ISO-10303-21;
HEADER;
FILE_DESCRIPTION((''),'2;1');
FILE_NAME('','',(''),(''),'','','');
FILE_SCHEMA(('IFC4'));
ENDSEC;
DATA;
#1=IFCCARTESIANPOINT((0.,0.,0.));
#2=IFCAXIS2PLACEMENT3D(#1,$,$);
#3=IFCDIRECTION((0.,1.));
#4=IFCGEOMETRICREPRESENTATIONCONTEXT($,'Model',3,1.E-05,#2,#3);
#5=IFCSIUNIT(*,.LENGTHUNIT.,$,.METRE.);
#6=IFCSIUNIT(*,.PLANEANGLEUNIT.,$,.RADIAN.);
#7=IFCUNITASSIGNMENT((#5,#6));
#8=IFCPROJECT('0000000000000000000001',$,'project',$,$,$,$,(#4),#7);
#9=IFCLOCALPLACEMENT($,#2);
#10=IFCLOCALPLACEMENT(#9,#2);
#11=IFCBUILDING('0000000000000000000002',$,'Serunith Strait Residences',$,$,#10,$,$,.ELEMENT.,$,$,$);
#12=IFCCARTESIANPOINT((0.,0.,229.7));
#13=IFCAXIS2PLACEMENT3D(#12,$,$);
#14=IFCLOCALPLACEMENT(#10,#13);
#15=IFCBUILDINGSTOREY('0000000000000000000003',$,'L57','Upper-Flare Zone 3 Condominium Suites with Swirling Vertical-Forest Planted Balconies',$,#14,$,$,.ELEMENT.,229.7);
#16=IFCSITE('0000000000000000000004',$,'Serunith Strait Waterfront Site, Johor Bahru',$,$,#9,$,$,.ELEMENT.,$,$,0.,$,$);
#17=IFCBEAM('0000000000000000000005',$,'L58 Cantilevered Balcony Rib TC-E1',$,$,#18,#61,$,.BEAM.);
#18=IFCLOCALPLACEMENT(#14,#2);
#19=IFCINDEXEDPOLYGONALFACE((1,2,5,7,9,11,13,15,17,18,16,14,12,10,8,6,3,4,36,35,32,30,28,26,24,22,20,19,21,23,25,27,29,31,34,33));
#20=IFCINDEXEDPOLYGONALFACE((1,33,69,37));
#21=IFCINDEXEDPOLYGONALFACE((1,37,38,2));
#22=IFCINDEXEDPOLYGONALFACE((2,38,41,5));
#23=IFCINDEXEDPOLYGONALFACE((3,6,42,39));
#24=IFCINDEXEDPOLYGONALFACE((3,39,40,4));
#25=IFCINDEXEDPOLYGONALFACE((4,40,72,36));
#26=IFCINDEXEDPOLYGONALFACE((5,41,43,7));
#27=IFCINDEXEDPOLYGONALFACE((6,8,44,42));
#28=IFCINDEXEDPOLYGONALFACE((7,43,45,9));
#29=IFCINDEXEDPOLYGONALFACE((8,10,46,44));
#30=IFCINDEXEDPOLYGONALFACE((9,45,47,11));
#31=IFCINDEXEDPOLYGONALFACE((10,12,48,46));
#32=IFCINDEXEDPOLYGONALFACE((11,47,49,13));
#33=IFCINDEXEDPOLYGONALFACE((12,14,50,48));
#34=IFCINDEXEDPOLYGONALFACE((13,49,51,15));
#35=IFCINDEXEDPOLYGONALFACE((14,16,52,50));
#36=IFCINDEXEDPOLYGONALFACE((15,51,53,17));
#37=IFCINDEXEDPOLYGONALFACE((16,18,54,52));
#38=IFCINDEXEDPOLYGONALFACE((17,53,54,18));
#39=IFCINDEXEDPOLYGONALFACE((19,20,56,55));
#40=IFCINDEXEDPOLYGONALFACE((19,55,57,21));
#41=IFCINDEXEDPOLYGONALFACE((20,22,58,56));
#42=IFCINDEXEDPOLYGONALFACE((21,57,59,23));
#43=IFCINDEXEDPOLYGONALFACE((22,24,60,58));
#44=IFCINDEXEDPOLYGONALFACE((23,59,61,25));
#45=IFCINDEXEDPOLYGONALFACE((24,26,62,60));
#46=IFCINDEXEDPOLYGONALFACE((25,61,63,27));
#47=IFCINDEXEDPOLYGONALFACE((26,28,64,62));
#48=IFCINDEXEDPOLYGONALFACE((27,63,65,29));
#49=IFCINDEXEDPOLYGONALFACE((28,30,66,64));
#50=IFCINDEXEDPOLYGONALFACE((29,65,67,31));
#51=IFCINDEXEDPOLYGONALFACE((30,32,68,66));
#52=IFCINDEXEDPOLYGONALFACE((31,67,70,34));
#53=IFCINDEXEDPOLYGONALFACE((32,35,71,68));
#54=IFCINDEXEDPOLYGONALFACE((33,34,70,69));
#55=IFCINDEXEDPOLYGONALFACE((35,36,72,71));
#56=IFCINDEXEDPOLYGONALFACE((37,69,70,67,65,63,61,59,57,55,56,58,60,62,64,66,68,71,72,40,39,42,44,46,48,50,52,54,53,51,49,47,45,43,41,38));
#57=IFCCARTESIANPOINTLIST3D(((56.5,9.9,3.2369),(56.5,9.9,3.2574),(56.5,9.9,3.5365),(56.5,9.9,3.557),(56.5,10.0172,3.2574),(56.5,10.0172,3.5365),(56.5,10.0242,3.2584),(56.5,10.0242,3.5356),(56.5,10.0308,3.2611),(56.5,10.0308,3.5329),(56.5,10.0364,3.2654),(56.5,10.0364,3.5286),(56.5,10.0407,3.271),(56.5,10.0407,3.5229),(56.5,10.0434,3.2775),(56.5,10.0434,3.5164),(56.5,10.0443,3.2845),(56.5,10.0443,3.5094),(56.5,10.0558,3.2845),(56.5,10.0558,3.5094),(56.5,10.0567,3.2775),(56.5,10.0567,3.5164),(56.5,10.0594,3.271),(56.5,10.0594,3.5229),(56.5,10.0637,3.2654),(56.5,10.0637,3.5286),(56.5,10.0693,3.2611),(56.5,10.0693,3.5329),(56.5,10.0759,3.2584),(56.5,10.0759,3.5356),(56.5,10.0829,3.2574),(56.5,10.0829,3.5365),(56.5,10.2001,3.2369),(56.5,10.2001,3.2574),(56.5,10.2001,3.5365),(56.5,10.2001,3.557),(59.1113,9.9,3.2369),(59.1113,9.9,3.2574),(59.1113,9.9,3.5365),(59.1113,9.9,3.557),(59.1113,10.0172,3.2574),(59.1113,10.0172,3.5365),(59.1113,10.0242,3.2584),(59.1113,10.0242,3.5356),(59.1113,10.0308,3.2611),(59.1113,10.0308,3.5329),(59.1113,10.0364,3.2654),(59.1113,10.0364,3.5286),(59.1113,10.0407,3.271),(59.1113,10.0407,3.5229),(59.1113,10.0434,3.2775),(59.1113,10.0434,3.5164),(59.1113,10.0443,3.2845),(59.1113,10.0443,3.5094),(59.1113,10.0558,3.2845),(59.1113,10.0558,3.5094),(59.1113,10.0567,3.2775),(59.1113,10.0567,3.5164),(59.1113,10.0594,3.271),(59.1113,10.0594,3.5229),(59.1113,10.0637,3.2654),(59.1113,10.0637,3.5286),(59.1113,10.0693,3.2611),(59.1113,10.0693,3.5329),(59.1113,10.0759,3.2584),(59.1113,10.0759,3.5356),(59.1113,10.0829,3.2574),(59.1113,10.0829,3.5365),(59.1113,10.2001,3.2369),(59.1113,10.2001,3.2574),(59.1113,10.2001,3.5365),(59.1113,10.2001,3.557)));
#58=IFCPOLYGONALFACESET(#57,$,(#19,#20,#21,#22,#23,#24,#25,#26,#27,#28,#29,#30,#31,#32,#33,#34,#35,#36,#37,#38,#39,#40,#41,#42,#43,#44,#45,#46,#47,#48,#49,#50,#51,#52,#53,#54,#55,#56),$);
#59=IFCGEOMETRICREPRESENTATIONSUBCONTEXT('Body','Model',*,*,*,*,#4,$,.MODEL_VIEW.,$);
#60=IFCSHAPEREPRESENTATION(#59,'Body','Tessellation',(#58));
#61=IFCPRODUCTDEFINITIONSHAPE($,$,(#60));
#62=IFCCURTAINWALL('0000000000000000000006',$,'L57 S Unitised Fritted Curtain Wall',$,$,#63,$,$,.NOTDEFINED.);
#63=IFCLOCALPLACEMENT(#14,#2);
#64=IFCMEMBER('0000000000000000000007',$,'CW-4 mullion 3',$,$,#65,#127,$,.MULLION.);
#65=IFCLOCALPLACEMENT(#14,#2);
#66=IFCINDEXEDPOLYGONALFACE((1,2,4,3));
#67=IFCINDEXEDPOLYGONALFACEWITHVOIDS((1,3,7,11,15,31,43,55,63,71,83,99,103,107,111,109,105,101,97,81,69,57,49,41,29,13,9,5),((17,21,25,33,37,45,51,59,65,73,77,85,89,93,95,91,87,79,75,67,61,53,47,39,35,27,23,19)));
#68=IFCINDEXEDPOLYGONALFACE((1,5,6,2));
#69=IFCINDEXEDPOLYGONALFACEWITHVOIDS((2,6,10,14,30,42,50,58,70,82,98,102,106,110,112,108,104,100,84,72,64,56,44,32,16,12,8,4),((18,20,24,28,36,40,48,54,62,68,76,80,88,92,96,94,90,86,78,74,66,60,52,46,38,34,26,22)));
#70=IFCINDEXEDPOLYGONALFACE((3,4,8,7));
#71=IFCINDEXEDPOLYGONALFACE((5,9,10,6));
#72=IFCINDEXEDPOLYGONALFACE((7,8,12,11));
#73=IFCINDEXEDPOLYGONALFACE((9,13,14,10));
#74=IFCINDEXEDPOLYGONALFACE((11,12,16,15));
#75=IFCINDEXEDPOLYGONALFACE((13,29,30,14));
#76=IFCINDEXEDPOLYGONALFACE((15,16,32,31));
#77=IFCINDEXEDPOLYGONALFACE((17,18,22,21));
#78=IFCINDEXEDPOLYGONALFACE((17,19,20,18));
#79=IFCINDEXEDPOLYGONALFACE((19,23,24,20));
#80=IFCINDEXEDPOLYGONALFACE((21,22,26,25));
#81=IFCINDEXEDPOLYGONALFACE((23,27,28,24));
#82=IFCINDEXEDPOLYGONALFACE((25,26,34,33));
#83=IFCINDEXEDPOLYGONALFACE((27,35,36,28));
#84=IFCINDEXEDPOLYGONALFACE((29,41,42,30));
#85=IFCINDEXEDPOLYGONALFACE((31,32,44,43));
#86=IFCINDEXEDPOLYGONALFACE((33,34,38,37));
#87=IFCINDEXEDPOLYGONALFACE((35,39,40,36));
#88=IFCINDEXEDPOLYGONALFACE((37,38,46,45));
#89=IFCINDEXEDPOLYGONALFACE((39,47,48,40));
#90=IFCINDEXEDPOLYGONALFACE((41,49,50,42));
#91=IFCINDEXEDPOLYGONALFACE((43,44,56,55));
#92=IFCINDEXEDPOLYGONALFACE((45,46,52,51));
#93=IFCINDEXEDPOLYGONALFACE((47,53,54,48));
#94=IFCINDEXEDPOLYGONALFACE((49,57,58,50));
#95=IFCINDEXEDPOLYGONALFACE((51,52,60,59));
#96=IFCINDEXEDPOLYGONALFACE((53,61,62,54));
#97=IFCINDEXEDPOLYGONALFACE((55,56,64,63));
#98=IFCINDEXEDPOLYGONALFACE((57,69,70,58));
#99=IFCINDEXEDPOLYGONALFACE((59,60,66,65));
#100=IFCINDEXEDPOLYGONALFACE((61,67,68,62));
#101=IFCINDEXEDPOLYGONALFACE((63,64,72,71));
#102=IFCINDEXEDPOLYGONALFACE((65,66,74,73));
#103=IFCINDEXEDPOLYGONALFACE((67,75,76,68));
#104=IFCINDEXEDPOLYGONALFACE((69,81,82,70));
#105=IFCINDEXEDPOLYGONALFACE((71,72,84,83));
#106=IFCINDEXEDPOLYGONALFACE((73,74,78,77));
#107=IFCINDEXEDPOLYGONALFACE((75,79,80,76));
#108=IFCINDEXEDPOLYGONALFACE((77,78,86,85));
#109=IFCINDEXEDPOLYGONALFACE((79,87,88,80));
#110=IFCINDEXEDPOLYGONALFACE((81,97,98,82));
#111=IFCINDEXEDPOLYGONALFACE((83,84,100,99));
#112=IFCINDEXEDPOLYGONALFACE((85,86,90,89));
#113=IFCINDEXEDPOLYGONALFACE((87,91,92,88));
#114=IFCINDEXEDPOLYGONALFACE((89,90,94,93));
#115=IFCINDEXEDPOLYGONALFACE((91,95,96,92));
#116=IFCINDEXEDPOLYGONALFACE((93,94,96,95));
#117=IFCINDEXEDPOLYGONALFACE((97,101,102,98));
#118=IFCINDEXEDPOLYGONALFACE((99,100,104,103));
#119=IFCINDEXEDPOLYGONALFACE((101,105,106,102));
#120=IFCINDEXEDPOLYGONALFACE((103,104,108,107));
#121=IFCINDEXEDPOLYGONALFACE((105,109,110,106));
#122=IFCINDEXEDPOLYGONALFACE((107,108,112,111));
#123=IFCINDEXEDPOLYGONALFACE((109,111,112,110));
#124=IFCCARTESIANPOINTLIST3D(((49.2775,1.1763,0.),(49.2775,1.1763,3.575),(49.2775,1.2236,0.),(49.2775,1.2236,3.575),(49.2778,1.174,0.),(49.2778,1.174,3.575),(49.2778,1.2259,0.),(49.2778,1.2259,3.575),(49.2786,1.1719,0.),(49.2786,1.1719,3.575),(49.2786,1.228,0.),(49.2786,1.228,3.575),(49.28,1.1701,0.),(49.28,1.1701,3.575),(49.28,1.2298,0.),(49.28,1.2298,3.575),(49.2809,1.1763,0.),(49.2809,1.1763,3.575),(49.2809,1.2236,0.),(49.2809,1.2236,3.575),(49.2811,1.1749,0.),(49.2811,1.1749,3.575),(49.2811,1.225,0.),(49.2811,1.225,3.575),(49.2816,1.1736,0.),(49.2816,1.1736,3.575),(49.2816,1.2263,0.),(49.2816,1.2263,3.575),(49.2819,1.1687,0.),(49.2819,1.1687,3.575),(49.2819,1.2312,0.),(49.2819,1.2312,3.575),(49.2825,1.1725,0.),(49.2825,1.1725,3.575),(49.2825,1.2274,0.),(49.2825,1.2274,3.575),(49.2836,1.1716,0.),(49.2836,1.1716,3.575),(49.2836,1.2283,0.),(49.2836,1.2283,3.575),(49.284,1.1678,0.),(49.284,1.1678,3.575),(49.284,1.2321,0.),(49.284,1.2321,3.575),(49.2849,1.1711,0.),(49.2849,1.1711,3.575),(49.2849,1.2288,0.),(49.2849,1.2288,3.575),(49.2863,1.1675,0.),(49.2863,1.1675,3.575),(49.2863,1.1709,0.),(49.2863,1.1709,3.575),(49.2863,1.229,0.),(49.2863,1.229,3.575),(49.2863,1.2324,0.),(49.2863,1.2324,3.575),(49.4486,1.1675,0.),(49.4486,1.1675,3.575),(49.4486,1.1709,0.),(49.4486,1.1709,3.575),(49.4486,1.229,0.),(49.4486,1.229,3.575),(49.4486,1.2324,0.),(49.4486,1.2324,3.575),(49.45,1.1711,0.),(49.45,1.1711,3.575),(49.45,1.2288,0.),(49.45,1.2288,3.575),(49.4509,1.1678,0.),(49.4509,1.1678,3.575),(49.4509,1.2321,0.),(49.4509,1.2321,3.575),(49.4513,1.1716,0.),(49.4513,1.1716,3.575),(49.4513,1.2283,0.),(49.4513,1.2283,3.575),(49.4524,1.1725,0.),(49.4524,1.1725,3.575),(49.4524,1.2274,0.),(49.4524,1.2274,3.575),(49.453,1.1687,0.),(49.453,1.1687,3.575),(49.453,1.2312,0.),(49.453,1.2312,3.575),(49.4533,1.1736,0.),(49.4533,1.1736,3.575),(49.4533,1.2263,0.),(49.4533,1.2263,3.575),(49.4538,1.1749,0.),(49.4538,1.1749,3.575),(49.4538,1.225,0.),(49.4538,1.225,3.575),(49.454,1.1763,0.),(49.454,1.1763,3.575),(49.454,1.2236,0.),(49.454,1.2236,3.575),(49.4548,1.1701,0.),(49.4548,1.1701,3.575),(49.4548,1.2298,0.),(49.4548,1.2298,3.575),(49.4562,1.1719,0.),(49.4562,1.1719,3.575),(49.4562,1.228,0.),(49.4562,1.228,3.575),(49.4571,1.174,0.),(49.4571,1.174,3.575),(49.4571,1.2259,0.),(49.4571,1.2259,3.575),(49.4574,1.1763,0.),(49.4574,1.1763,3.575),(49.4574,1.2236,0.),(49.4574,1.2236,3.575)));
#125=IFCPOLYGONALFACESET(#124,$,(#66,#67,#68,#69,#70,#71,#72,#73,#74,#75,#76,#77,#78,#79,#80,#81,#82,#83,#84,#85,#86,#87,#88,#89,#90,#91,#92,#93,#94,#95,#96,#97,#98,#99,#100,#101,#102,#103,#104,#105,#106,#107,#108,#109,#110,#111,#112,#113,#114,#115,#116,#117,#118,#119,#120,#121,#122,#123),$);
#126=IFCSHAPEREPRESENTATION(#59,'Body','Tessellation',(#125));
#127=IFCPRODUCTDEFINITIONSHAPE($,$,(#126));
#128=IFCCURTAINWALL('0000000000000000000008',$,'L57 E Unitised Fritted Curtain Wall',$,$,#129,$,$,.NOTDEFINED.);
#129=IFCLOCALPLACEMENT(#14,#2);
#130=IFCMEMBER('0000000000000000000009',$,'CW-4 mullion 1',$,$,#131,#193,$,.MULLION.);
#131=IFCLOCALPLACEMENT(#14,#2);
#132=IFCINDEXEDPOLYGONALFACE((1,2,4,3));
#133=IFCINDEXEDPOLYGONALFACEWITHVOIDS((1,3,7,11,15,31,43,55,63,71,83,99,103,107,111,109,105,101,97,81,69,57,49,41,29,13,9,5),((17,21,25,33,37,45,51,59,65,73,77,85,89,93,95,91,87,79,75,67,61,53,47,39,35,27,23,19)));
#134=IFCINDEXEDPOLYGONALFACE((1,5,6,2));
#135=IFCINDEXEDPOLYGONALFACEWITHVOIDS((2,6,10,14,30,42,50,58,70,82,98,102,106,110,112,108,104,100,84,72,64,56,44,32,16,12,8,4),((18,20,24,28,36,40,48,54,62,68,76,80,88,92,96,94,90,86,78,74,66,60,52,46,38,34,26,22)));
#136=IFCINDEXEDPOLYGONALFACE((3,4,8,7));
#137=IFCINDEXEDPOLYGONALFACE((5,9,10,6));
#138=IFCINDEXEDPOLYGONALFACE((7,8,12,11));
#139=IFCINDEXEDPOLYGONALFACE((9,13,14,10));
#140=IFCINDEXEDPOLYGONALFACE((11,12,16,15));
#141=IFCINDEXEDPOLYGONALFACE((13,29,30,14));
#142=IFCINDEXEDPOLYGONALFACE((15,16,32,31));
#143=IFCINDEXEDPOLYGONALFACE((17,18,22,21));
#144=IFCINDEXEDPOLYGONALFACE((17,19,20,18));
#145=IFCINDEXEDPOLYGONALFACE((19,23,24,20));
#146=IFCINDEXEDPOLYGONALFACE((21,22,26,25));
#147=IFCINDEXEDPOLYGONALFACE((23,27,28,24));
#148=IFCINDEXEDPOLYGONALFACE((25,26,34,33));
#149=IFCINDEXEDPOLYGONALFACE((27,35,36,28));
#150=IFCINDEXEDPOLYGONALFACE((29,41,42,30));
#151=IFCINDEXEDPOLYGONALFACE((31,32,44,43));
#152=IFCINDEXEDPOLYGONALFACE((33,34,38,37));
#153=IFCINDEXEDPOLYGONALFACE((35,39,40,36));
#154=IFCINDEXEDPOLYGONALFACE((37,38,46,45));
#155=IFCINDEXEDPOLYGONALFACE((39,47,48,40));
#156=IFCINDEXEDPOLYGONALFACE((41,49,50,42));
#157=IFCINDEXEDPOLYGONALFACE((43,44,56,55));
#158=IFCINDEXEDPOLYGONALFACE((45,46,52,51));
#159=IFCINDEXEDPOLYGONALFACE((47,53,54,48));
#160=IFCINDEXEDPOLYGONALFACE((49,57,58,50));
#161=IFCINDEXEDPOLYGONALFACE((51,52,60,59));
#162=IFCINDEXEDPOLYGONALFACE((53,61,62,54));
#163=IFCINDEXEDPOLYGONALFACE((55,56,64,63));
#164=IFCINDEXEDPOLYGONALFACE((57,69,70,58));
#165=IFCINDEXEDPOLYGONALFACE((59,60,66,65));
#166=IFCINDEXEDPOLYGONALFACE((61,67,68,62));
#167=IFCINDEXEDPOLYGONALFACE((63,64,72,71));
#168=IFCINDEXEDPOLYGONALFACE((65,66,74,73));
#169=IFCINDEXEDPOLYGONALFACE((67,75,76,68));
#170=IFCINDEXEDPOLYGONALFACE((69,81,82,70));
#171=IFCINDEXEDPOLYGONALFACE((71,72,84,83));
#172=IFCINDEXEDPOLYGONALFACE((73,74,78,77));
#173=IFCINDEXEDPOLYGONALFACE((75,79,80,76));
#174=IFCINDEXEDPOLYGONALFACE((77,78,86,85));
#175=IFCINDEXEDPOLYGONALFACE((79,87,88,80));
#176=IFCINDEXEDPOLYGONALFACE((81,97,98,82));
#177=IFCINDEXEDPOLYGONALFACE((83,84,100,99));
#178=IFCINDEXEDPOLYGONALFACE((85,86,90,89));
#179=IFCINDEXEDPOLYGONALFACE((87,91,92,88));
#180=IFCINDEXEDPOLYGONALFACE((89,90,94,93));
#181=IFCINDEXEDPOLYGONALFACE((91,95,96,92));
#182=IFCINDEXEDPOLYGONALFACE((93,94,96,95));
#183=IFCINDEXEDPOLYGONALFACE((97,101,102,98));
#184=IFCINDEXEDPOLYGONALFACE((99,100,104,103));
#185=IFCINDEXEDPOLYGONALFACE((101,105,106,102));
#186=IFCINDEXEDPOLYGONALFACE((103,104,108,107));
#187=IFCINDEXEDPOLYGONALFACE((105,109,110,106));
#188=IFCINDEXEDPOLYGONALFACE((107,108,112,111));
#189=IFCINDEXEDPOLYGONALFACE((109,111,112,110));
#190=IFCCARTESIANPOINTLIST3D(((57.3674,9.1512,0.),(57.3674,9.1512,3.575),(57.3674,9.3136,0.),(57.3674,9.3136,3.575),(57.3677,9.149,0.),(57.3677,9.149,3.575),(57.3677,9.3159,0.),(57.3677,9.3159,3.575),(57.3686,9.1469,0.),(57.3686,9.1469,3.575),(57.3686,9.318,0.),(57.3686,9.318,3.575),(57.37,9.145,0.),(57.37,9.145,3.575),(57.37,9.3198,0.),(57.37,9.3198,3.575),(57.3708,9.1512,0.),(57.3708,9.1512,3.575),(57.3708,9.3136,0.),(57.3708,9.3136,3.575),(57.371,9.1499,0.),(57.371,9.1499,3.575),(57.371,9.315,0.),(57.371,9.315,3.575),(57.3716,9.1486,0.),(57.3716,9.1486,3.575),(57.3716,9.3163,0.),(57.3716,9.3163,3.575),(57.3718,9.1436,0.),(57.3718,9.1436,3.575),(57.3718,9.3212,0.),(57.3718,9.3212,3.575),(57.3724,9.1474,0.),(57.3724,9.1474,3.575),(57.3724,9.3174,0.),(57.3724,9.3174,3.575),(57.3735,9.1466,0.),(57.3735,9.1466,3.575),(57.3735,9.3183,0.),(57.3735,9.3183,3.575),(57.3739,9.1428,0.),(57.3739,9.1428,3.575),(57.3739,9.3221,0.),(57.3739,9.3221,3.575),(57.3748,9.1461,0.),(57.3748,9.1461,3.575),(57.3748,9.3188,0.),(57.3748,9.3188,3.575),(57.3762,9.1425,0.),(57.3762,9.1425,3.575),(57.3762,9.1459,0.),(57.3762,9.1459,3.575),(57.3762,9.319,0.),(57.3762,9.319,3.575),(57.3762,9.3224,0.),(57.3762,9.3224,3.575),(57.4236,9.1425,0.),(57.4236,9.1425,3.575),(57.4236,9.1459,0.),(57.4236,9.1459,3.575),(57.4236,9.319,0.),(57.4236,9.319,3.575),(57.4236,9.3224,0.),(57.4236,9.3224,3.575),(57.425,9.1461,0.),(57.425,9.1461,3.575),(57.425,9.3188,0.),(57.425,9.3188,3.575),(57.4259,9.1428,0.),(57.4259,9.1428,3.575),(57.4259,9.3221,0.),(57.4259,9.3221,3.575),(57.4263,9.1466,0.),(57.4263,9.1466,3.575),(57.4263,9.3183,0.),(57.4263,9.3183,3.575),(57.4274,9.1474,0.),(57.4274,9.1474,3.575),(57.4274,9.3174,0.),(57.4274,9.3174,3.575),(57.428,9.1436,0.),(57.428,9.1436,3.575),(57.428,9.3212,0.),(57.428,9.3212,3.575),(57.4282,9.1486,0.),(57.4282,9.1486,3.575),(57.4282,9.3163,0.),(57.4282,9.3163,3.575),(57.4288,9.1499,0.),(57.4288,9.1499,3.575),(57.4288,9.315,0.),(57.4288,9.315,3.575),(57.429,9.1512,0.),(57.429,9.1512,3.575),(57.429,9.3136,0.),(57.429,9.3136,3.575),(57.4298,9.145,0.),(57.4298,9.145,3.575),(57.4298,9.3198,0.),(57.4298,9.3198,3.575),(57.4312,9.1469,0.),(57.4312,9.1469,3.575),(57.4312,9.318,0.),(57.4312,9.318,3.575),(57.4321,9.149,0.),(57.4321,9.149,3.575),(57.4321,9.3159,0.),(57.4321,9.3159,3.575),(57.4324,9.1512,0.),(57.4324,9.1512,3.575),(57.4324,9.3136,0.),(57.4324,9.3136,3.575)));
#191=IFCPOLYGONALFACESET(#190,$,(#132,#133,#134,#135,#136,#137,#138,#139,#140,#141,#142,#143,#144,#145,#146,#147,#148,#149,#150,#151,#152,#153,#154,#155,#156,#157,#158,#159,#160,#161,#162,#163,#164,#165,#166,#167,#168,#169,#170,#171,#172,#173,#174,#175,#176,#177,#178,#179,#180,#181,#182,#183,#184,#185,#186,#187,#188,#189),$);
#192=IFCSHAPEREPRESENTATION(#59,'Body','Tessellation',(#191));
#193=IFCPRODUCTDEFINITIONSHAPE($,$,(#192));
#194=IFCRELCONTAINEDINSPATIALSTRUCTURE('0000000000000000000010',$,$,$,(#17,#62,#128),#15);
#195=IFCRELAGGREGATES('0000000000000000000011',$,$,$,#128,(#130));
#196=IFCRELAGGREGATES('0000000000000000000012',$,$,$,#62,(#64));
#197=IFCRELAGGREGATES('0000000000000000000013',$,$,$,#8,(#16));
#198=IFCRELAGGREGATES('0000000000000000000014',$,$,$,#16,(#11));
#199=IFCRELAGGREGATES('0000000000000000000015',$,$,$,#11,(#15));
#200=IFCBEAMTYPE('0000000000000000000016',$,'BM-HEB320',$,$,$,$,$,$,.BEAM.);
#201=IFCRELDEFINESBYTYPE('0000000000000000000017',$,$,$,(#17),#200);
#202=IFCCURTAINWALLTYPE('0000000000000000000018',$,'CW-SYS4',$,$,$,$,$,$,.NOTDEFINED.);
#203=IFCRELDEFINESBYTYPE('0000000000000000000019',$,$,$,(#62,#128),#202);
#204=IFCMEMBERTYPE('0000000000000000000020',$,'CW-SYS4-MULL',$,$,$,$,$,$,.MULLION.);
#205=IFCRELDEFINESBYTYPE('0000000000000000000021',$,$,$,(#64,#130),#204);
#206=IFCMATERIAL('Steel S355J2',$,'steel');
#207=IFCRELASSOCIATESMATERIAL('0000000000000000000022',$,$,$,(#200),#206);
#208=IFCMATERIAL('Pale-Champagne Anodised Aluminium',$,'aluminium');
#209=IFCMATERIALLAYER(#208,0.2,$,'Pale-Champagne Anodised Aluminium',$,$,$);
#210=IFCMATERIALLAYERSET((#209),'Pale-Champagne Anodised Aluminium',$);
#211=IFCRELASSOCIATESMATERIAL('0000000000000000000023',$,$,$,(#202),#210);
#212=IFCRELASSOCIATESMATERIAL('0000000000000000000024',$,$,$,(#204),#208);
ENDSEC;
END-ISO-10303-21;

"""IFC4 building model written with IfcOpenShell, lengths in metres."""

from ifc_helpers import new_model, si_unit, direction, frame, origin, origin_2d, place, context, subcontext, project, spatial, hollow_rectangle, i_section, extrude, source, transform, mapped, material, layer, layer_set, material_profile, profile_set, type_object, element, aggregate, save


model = new_model("IFC4")

# Units and contexts
model_context = context("Model", 3, precision=1e-05, world=origin(), true_north=direction((0.0, 1.0)))
body_context = subcontext(model_context, "Body", "Model", "MODEL_VIEW")
ifc_project = project(units=[si_unit("LENGTHUNIT", "METRE"), si_unit("PLANEANGLEUNIT", "RADIAN")], contexts=[model_context])

# Site, building, storey
site_placement = place(None, origin())
site = spatial("IfcSite", under=ifc_project, at=site_placement, Name="Serunith Strait Waterfront Site, Johor Bahru", CompositionType="ELEMENT", RefElevation=0.0)
building_placement = place(site_placement, origin())
building = spatial("IfcBuilding", under=site, at=building_placement, Name="Serunith Strait Residences", CompositionType="ELEMENT")
storey_placement = place(building_placement, frame((0.0, 0.0, 229.7)))
storey = spatial("IfcBuildingStorey", under=building, at=storey_placement, Name="L57", Description="Upper-Flare Zone 3 Condominium Suites with Swirling Vertical-Forest Planted Balconies", CompositionType="ELEMENT", Elevation=229.7)

# Beam
ifc_material_1 = material(Name="Steel S355J2", Category="steel")
ifc_material_profile_1 = material_profile(ifc_material_1, i_section(OverallWidth=0.3, OverallDepth=0.3201, WebThickness=0.0115, FlangeThickness=0.0205, FilletRadius=0.0271, at=origin_2d()), Name="HEB 320")
ifc_profile_set_1 = profile_set([ifc_material_profile_1], Name="Steel S355J2")
beam_type_1 = type_object("IfcBeamType", Name="BM-HEB320", PredefinedType="BEAM", material=ifc_profile_set_1)
shared_shape_1 = source(origin(), body_context, "Body", "SweptSolid", [
    extrude(i_section(OverallWidth=0.3, OverallDepth=0.3201, WebThickness=0.0115, FlangeThickness=0.0205, FilletRadius=0.0271, at=origin_2d()), origin(), (0.0, 0.0, 1.0), 2.6113),
])
beam_1_placement = place(storey_placement, frame((56.5, 10.05, 3.397), z_axis=(1.0, 0.0, 0.0), x_axis=(0.0, 1.0, 0.0)))
element("IfcBeam", 1, at=beam_1_placement, inside=storey, type_object=beam_type_1, Name="L58 Cantilevered Balcony Rib TC-E1", PredefinedType="BEAM", context=body_context, shape_type="MappedRepresentation", body=[
    mapped(shared_shape_1, transform((0.0, 0.0, 0.0), scale=1.0)),
])

# Curtain wall, member
ifc_material_2 = material(Name="Pale-Champagne Anodised Aluminium", Category="aluminium")
ifc_layer_1 = layer(ifc_material_2, 0.2, Name="Pale-Champagne Anodised Aluminium")
ifc_layer_set_1 = layer_set([ifc_layer_1], Name="Pale-Champagne Anodised Aluminium")
curtain_wall_type = type_object("IfcCurtainWallType", Name="CW-SYS4", PredefinedType="NOTDEFINED", material=ifc_layer_set_1)
curtain_wall_1_placement = place(storey_placement, origin())
curtain_wall_1 = element("IfcCurtainWall", 2, at=curtain_wall_1_placement, inside=storey, type_object=curtain_wall_type, Name="L57 S Unitised Fritted Curtain Wall", PredefinedType="NOTDEFINED")
ifc_material_profile_2 = material_profile(ifc_material_2, hollow_rectangle(XDim=0.0649, YDim=0.1799, WallThickness=0.0034, InnerFilletRadius=0.0054, OuterFilletRadius=0.0088, at=origin_2d()), Name="ALU 180x65x3.5")
ifc_profile_set_2 = profile_set([ifc_material_profile_2], Name="Pale-Champagne Anodised Aluminium")
member_type_1 = type_object("IfcMemberType", Name="CW-SYS4-MULL", PredefinedType="MULLION", material=ifc_profile_set_2)
shared_shape_2 = source(origin(), body_context, "Body", "SweptSolid", [
    extrude(hollow_rectangle(XDim=0.0649, YDim=0.1799, WallThickness=0.0034, InnerFilletRadius=0.0054, OuterFilletRadius=0.0088, at=origin_2d()), origin(), (0.0, 0.0, 1.0), 3.575),
])
member_1_placement = place(storey_placement, frame((49.3674, 1.2, 0.0), z_axis=(0.0, 0.0, 1.0), x_axis=(0.0, 1.0, 0.0)))
member_1 = element("IfcMember", 3, at=member_1_placement, type_object=member_type_1, Name="CW-4 mullion 3", PredefinedType="MULLION", context=body_context, shape_type="MappedRepresentation", body=[
    mapped(shared_shape_2, transform((0.0, 0.0, 0.0), scale=1.0)),
])

# Curtain wall, member
curtain_wall_2_placement = place(storey_placement, origin())
curtain_wall_2 = element("IfcCurtainWall", 4, at=curtain_wall_2_placement, inside=storey, type_object=curtain_wall_type, Name="L57 E Unitised Fritted Curtain Wall", PredefinedType="NOTDEFINED")
member_2_placement = place(storey_placement, frame((57.3999, 9.2324, 0.0), z_axis=(0.0, 0.0, 1.0), x_axis=(-1.0, 0.0, 0.0)))
member_2 = element("IfcMember", 5, at=member_2_placement, type_object=member_type_1, Name="CW-4 mullion 1", PredefinedType="MULLION", context=body_context, shape_type="MappedRepresentation", body=[
    mapped(shared_shape_2, transform((0.0, 0.0, 0.0), scale=1.0)),
])
aggregate(curtain_wall_2, [member_2])

aggregate(curtain_wall_1, [member_1])

save(model, "model.ifc")
